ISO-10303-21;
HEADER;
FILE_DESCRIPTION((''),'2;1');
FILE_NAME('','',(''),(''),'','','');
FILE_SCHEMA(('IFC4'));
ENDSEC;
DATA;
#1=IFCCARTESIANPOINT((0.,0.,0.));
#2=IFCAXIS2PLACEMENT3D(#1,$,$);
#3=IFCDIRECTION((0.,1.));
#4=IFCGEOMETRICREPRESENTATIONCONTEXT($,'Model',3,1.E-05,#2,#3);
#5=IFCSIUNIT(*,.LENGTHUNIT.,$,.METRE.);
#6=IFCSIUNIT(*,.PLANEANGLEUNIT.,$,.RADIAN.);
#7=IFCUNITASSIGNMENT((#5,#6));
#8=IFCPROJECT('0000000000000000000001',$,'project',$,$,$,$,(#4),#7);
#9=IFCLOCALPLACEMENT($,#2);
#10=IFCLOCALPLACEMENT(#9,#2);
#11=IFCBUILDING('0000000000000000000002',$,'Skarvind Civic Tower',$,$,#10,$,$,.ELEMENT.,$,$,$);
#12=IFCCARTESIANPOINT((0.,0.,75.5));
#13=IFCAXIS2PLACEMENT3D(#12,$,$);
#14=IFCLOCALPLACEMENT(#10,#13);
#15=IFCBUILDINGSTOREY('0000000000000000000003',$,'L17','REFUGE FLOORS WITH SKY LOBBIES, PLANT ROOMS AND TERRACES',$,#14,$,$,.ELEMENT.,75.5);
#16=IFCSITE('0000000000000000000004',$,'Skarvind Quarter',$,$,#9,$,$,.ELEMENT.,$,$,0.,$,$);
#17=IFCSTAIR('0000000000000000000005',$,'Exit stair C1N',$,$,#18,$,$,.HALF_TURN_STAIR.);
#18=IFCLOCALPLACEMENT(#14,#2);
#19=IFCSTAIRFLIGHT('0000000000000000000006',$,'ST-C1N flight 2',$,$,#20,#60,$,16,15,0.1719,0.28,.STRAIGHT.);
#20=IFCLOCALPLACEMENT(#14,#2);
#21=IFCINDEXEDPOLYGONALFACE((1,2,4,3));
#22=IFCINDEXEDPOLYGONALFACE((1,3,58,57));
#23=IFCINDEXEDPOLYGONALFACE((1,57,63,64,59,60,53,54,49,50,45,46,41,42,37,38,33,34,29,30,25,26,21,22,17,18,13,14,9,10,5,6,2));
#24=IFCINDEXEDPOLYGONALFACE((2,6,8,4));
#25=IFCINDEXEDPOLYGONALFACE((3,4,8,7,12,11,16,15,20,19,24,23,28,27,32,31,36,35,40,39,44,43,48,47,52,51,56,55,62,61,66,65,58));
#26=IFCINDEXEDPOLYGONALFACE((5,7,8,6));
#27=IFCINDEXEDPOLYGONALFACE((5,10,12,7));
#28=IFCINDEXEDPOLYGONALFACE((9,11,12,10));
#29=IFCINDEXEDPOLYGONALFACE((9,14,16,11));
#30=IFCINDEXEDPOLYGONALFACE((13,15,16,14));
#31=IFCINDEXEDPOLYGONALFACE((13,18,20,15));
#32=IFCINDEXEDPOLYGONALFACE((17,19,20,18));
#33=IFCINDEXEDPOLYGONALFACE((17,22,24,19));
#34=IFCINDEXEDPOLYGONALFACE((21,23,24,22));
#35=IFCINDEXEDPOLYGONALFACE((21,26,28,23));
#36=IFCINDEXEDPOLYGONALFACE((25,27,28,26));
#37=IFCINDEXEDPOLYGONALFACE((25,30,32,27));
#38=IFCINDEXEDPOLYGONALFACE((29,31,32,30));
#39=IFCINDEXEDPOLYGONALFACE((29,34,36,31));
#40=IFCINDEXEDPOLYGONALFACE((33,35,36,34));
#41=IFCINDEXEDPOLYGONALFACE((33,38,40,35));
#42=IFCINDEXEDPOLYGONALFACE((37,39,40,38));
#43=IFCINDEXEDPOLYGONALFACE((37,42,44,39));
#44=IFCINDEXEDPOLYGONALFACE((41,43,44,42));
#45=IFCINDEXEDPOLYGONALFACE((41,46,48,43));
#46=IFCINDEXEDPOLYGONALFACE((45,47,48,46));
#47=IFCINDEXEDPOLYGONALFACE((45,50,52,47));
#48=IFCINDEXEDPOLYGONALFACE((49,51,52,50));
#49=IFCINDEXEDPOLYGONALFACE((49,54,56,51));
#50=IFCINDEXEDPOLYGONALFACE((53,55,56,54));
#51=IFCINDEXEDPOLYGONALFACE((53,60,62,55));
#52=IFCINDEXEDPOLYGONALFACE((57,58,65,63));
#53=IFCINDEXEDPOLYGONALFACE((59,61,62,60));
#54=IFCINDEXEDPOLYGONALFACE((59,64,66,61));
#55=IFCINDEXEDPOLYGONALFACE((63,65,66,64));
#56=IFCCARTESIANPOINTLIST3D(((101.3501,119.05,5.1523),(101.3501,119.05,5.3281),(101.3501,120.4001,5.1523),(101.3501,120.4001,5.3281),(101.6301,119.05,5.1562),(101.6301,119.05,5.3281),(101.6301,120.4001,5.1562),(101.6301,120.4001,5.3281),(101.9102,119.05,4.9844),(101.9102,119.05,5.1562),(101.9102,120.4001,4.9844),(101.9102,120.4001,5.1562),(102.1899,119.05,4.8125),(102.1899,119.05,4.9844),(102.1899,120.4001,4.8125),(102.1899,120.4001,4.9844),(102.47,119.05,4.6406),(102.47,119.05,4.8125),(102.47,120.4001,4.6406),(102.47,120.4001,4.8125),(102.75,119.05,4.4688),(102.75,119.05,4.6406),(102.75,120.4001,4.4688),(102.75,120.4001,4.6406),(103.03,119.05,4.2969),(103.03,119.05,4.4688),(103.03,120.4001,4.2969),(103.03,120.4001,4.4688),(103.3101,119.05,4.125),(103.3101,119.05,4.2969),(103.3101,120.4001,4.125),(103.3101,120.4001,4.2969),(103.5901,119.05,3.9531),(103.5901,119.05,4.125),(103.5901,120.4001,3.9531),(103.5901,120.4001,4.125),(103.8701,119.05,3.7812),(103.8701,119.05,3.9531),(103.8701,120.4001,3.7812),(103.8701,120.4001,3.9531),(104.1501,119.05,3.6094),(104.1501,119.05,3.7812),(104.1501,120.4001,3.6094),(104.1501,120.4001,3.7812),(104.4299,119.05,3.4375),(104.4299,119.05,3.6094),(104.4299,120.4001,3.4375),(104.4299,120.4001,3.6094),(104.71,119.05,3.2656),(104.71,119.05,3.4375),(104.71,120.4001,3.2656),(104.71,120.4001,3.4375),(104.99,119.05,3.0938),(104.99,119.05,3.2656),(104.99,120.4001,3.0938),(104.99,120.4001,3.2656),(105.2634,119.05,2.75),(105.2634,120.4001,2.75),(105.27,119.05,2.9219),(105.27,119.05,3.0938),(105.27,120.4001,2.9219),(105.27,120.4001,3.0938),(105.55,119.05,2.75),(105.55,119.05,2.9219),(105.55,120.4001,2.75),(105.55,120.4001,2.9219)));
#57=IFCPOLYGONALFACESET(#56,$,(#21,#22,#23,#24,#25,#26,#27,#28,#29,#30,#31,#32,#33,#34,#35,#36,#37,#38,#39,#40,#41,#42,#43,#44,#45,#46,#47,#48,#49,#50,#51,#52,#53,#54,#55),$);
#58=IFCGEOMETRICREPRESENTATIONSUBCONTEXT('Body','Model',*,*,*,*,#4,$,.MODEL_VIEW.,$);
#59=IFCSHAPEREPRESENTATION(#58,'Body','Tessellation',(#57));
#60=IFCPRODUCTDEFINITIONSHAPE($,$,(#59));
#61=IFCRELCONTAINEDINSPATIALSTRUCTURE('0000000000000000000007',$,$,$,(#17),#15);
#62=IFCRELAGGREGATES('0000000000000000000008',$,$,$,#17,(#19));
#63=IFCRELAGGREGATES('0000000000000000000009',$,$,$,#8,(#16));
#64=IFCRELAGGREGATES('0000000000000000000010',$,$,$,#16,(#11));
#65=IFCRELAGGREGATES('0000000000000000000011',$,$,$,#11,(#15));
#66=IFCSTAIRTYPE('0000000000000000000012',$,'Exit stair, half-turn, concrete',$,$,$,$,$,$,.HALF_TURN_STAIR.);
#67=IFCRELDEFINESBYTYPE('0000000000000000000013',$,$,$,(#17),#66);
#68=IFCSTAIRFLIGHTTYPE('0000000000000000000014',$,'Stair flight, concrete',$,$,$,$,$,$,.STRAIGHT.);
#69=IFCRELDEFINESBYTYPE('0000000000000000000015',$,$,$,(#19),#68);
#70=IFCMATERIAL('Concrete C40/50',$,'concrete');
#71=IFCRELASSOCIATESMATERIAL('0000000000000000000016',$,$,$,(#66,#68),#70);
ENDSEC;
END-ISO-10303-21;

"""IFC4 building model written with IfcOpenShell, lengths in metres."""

from ifc_helpers import new_model, si_unit, direction, frame, origin, place, context, subcontext, project, spatial, polyline, outline, extrude, material, type_object, element, aggregate, save


model = new_model("IFC4")

# Units and contexts
model_context = context("Model", 3, precision=1e-05, world=origin(), true_north=direction((0.0, 1.0)))
body_context = subcontext(model_context, "Body", "Model", "MODEL_VIEW")
ifc_project = project(units=[si_unit("LENGTHUNIT", "METRE"), si_unit("PLANEANGLEUNIT", "RADIAN")], contexts=[model_context])

# Site, building, storey
site_placement = place(None, origin())
site = spatial("IfcSite", under=ifc_project, at=site_placement, Name="Skarvind Quarter", CompositionType="ELEMENT", RefElevation=0.0)
building_placement = place(site_placement, origin())
building = spatial("IfcBuilding", under=site, at=building_placement, Name="Skarvind Civic Tower", CompositionType="ELEMENT")
storey_placement = place(building_placement, frame((0.0, 0.0, 75.5)))
storey = spatial("IfcBuildingStorey", under=building, at=storey_placement, Name="L17", Description="REFUGE FLOORS WITH SKY LOBBIES, PLANT ROOMS AND TERRACES", CompositionType="ELEMENT", Elevation=75.5)

# Stair, stair flight
ifc_material_1 = material(Name="Concrete C40/50", Category="concrete")
stair_type = type_object("IfcStairType", Name="Exit stair, half-turn, concrete", PredefinedType="HALF_TURN_STAIR", material=ifc_material_1)
stair_flight_type = type_object("IfcStairFlightType", Name="Stair flight, concrete", PredefinedType="STRAIGHT", material=ifc_material_1)
stair_1_placement = place(storey_placement, origin())
stair_1 = element("IfcStair", 1, at=stair_1_placement, inside=storey, type_object=stair_type, Name="Exit stair C1N", PredefinedType="HALF_TURN_STAIR")
stair_flight_1_placement = place(storey_placement, frame((105.55, 119.7251, 2.75), z_axis=(0.0, 0.0, 1.0), x_axis=(-1.0, 0.0, 0.0)))
stair_flight_1 = element("IfcStairFlight", 2, at=stair_flight_1_placement, type_object=stair_flight_type, Name="ST-C1N flight 2", NumberOfRisers=16, NumberOfTreads=15, PredefinedType="STRAIGHT", RiserHeight=0.1719, TreadLength=0.28, context=body_context, shape_type="SweptSolid", body=[
    extrude(outline(polyline([(0.0, 0.0), (0.0, 0.1719), (0.28, 0.1719), (0.28, 0.3438), (0.5601, 0.3438), (0.5601, 0.5156), (0.8401, 0.5156), (0.8401, 0.6875), (1.1201, 0.6875), (1.1201, 0.8594), (1.3999, 0.8594), (1.3999, 1.0312), (1.6799, 1.0312), (1.6799, 1.2031), (1.96, 1.2031), (1.96, 1.375), (2.24, 1.375), (2.24, 1.5469), (2.52, 1.5469), (2.52, 1.7188), (2.8, 1.7188), (2.8, 1.8906), (3.0801, 1.8906), (3.0801, 2.0625), (3.3601, 2.0625), (3.3601, 2.2344), (3.6399, 2.2344), (3.6399, 2.4062), (3.9199, 2.4062), (3.9199, 2.5781), (4.2, 2.5781), (4.2, 2.75), (4.2, 2.4023), (0.2866, 0.0), (0.0, 0.0)])), frame((0.0, 0.675, 0.0), z_axis=(0.0, -1.0, 0.0), x_axis=(1.0, 0.0, 0.0)), (0.0, 0.0, 1.0), 1.3501),
])
aggregate(stair_1, [stair_flight_1])

save(model, "model.ifc")
